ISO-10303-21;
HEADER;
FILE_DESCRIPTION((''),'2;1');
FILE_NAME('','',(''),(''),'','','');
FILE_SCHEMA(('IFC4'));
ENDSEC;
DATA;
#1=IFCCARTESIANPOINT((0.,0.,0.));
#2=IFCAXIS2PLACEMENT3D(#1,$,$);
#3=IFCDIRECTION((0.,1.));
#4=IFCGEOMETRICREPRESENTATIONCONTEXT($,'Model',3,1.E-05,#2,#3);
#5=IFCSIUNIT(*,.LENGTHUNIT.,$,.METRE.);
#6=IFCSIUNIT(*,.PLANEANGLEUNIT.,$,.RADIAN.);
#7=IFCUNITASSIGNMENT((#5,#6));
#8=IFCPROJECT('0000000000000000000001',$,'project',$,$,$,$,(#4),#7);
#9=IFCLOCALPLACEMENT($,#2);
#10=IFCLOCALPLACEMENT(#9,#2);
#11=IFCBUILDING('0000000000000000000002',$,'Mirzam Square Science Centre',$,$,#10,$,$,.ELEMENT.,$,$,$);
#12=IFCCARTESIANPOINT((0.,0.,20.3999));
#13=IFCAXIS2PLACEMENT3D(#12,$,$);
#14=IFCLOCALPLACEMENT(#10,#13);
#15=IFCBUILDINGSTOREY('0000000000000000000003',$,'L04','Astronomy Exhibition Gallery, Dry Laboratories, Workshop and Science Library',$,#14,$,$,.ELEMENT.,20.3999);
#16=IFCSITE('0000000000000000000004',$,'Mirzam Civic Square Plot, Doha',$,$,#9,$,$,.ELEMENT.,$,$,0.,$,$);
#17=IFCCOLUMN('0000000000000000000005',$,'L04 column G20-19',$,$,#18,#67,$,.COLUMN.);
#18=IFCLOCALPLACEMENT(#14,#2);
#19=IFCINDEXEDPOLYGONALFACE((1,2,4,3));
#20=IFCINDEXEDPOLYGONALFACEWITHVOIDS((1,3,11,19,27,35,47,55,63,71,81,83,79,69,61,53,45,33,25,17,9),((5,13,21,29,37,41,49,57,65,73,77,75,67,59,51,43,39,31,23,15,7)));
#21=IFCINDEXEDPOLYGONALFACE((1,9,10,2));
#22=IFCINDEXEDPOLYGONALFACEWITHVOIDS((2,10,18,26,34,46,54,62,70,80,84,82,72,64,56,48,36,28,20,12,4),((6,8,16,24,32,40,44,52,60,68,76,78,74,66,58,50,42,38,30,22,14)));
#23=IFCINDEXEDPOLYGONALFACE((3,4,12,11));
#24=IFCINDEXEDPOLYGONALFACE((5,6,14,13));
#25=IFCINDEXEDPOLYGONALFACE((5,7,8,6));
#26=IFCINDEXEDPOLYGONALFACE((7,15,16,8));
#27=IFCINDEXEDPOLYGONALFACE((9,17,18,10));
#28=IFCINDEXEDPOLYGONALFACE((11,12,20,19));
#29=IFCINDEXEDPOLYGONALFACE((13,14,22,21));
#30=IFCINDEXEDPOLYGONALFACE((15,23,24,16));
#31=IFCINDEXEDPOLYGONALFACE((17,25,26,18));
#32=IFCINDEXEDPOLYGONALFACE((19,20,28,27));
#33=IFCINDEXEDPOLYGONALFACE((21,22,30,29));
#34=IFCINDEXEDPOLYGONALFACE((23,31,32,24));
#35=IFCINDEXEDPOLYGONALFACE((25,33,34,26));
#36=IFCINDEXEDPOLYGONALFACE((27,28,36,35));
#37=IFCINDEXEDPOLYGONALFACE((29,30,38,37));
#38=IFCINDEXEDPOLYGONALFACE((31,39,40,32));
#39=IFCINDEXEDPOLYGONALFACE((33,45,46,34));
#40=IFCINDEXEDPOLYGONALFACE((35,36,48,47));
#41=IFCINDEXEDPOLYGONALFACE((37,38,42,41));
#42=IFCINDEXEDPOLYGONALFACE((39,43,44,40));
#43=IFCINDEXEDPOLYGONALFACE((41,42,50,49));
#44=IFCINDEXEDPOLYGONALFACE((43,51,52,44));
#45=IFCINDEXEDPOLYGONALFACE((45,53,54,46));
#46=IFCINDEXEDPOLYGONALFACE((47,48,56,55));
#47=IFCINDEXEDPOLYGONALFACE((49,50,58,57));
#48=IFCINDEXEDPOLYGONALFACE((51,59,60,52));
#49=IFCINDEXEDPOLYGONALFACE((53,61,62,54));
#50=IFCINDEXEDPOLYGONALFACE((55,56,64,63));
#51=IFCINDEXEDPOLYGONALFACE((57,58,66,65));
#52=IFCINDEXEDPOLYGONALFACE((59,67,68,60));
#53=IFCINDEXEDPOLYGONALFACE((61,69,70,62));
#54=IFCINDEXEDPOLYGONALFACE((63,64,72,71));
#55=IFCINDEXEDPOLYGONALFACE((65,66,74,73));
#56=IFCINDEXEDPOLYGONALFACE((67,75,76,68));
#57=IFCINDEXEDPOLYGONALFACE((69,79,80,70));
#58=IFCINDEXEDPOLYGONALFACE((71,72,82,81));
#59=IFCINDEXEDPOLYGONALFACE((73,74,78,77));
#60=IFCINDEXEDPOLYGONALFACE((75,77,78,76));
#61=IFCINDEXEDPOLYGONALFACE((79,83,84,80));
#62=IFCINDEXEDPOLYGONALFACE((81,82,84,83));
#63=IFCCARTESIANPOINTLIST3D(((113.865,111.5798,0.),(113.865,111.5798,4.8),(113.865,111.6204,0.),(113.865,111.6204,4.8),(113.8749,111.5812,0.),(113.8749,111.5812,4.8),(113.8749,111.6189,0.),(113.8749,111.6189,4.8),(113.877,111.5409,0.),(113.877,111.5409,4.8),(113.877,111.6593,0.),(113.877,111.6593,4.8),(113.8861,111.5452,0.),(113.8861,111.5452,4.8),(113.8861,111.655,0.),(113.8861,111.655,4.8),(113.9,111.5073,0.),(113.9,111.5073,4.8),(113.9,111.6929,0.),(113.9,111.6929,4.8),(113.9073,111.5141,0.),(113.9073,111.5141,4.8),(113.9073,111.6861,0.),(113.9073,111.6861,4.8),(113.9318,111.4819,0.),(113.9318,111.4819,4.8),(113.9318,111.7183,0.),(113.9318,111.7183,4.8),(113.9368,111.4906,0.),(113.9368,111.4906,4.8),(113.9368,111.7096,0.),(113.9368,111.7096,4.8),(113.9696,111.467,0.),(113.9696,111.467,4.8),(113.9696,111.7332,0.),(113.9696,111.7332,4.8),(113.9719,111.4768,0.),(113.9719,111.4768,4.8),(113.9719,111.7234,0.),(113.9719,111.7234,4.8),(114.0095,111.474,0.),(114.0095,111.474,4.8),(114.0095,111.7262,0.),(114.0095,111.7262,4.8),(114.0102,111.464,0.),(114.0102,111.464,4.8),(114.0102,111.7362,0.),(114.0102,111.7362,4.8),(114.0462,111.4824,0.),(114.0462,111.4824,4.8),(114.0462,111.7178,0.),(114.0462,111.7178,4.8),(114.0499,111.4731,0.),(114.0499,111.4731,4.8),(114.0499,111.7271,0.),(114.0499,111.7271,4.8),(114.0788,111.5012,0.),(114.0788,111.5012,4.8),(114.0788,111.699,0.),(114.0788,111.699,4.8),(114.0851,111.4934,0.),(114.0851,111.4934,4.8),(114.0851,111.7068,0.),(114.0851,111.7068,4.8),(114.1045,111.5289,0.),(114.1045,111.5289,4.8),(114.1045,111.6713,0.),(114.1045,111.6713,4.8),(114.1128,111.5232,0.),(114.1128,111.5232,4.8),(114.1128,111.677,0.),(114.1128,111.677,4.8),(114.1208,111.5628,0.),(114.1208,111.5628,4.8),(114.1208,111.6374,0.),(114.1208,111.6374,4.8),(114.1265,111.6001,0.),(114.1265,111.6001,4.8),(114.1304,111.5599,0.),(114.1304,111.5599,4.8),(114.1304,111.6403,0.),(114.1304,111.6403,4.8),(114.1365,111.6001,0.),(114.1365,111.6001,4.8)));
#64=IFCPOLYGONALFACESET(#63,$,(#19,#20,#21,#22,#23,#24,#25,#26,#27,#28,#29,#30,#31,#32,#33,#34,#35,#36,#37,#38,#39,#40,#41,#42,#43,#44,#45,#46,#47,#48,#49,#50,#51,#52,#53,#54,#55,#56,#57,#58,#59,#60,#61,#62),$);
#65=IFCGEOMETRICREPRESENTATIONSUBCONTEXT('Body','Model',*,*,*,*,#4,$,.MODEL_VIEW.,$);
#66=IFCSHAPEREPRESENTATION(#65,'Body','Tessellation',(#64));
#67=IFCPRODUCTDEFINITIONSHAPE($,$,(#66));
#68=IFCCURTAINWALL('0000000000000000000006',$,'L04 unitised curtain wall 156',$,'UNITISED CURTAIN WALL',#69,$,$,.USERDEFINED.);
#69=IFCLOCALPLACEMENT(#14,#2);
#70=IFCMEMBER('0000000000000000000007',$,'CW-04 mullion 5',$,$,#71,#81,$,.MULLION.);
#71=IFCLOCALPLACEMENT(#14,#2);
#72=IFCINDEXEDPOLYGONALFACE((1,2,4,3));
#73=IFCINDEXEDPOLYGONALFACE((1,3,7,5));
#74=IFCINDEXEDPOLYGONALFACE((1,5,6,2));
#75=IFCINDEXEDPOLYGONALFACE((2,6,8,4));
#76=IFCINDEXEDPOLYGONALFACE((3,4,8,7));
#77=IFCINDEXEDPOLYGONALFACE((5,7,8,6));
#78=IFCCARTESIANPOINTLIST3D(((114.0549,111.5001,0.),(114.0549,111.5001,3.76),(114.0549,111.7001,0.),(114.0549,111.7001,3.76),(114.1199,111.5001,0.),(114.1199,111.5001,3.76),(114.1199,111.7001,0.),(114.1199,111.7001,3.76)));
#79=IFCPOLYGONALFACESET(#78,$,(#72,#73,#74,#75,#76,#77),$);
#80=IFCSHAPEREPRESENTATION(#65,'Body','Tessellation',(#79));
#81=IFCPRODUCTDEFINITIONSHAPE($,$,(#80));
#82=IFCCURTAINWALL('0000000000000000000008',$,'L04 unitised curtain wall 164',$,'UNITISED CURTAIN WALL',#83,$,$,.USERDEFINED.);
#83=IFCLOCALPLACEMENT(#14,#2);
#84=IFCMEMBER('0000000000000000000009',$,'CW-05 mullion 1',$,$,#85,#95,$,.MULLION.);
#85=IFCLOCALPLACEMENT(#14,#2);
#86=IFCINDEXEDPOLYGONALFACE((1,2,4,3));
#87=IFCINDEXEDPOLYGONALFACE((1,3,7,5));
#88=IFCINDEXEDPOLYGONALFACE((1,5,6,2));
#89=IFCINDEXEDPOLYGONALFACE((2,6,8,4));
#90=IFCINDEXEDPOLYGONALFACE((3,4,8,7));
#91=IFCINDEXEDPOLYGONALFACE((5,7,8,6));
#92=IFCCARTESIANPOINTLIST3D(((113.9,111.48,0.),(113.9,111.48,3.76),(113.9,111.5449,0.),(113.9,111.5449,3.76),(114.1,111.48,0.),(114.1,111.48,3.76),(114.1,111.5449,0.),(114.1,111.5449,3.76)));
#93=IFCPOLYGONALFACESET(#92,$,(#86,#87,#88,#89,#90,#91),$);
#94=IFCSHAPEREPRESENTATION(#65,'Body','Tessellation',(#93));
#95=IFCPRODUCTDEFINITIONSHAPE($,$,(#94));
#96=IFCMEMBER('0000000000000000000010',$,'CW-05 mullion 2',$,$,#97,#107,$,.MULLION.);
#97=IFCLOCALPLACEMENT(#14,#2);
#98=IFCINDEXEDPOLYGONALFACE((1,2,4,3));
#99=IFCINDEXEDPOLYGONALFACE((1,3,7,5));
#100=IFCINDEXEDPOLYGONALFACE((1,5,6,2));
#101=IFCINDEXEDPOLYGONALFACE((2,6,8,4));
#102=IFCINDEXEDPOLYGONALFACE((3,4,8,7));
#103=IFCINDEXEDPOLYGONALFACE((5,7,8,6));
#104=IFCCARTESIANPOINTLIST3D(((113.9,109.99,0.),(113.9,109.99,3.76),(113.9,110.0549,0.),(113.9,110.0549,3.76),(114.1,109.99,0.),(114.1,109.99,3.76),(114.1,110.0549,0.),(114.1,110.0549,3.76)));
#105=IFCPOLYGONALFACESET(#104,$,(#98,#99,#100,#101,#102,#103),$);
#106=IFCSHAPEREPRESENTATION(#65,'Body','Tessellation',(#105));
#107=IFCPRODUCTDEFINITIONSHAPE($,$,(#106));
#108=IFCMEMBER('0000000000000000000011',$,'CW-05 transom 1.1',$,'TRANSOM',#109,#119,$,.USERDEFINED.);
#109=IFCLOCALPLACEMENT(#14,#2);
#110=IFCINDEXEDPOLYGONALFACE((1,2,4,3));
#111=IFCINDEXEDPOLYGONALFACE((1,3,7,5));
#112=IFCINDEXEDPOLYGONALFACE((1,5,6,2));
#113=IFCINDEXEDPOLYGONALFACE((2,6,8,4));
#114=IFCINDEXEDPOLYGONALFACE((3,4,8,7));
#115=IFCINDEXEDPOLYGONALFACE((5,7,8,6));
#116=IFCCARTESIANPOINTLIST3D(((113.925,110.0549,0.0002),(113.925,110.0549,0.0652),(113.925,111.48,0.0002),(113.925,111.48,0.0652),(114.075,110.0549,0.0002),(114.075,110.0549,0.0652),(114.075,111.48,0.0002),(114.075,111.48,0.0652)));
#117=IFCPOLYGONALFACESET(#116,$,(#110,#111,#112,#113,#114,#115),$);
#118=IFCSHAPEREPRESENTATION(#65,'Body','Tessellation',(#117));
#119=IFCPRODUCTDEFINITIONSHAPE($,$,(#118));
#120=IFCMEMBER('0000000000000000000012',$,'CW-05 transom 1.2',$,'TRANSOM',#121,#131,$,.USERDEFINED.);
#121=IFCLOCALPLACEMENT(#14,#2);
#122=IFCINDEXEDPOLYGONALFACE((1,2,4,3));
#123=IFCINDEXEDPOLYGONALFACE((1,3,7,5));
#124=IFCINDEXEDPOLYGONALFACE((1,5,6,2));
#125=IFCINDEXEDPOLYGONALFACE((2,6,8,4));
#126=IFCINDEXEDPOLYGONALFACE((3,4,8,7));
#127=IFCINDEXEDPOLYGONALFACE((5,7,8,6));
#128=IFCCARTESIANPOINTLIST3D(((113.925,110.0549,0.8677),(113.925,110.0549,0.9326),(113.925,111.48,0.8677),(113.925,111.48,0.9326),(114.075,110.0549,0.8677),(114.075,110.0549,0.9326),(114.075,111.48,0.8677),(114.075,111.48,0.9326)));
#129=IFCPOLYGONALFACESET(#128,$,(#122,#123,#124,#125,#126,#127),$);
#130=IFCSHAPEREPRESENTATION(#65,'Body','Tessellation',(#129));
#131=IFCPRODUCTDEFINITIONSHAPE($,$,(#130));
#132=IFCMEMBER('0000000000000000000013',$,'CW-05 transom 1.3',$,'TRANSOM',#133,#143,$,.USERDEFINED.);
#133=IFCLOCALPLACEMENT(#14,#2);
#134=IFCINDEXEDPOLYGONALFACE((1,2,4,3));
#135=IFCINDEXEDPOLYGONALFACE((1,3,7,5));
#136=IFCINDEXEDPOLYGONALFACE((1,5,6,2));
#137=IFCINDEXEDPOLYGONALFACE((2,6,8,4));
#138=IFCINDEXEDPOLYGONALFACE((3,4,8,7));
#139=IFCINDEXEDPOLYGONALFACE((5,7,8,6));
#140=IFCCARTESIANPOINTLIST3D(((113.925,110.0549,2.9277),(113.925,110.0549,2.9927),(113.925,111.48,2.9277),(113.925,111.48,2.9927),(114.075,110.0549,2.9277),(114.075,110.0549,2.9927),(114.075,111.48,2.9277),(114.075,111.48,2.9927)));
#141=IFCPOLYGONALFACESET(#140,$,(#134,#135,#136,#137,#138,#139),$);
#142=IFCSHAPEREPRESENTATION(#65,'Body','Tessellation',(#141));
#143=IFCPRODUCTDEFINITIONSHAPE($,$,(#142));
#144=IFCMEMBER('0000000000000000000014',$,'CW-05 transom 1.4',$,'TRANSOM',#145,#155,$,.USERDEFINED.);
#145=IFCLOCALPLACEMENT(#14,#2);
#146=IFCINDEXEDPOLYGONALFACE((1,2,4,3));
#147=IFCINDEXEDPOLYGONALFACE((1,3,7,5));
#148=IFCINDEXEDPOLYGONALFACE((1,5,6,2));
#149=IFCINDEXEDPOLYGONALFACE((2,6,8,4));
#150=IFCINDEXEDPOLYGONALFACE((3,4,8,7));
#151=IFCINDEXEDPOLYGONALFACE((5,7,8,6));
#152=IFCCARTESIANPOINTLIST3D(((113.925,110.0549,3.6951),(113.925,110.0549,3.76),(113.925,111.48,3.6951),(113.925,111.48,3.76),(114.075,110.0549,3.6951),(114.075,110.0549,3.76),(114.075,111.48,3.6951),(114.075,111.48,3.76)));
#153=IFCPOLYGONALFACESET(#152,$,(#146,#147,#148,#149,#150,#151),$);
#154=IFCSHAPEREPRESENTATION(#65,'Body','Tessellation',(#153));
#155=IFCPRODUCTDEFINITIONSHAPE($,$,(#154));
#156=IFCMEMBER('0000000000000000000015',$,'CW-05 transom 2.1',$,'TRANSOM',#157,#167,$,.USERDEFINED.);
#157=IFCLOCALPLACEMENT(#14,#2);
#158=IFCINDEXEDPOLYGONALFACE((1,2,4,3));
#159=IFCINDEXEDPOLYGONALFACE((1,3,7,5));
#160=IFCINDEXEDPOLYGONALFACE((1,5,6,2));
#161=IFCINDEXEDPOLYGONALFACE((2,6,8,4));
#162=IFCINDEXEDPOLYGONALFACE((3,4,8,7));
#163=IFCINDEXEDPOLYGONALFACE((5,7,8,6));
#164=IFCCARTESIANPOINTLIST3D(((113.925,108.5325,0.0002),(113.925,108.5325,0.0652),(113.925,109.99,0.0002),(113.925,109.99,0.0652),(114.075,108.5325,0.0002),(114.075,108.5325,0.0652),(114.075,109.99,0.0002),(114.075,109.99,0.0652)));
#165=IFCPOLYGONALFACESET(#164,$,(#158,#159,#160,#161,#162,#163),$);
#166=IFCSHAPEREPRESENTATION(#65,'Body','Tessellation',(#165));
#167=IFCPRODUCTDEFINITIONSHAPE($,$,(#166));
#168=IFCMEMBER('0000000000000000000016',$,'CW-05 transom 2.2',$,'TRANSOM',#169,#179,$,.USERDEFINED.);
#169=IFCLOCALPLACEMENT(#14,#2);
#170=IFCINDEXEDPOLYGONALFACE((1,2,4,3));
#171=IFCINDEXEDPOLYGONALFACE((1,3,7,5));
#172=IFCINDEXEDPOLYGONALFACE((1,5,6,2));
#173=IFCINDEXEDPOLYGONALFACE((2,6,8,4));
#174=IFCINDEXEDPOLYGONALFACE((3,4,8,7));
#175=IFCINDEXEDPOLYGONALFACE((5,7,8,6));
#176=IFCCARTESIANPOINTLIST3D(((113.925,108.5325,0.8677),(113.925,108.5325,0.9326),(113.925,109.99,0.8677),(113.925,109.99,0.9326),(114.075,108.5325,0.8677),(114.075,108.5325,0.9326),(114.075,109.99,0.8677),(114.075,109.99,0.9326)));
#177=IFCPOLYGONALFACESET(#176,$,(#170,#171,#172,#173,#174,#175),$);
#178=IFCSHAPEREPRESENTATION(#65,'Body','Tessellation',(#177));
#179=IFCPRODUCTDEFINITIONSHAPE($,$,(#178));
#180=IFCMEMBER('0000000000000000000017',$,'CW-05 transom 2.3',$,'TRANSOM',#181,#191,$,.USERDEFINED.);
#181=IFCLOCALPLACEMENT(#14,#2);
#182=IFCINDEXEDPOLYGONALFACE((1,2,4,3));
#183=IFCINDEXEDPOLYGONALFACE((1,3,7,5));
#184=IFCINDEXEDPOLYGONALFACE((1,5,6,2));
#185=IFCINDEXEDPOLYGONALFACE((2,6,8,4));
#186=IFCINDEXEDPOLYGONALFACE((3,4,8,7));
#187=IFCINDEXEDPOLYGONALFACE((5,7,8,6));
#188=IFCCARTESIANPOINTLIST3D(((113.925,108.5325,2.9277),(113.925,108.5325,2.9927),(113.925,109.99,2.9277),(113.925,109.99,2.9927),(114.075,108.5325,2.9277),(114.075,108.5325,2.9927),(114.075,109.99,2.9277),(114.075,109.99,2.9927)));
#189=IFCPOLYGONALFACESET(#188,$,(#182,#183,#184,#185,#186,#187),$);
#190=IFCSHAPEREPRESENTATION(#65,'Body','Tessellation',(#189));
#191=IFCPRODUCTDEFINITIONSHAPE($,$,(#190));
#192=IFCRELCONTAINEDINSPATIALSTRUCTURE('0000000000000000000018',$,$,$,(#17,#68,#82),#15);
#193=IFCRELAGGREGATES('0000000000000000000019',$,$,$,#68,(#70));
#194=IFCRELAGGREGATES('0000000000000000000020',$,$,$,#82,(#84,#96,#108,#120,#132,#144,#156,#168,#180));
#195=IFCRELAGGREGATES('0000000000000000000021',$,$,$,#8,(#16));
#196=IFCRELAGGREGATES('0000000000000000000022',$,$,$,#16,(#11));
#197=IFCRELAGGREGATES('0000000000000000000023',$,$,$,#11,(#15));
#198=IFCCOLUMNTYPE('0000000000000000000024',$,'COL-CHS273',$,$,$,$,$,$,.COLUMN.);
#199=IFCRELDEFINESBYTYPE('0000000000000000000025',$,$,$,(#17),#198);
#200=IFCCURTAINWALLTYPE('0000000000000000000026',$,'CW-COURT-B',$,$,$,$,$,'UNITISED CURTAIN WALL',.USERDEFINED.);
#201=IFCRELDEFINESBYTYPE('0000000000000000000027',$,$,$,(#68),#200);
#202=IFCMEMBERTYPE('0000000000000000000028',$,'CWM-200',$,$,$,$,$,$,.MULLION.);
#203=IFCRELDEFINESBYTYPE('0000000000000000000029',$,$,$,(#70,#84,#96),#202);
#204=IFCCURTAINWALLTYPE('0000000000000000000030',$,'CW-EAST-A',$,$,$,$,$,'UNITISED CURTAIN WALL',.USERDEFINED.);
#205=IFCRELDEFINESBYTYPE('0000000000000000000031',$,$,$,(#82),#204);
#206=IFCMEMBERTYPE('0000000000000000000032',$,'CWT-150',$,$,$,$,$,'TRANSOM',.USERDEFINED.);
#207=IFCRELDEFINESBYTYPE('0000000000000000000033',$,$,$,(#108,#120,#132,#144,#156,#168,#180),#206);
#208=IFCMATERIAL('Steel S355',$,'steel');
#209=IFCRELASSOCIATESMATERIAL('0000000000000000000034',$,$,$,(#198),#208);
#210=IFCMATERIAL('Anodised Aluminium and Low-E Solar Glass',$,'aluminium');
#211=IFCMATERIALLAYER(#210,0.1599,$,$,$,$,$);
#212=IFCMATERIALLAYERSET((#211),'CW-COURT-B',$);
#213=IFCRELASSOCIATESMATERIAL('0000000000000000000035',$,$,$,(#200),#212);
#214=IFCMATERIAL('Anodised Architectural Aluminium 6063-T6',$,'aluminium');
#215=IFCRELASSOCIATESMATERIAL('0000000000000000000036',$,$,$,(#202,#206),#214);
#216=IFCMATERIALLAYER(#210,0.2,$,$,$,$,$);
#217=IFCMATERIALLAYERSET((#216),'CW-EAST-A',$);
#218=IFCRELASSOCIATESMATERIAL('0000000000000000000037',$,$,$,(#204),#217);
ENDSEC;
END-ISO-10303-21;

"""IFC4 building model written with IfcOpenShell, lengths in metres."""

from ifc_helpers import new_model, si_unit, direction, frame, origin, origin_2d, place, context, subcontext, project, spatial, rectangle, hollow_circle, extrude, material, layer, layer_set, material_profile, profile_set, type_object, element, aggregate, save


model = new_model("IFC4")

# Units and contexts
model_context = context("Model", 3, precision=1e-05, world=origin(), true_north=direction((0.0, 1.0)))
body_context = subcontext(model_context, "Body", "Model", "MODEL_VIEW")
ifc_project = project(units=[si_unit("LENGTHUNIT", "METRE"), si_unit("PLANEANGLEUNIT", "RADIAN")], contexts=[model_context])

# Site, building, storey
site_placement = place(None, origin())
site = spatial("IfcSite", under=ifc_project, at=site_placement, Name="Mirzam Civic Square Plot, Doha", CompositionType="ELEMENT", RefElevation=0.0)
building_placement = place(site_placement, origin())
building = spatial("IfcBuilding", under=site, at=building_placement, Name="Mirzam Square Science Centre", CompositionType="ELEMENT")
storey_placement = place(building_placement, frame((0.0, 0.0, 20.3999)))
storey = spatial("IfcBuildingStorey", under=building, at=storey_placement, Name="L04", Description="Astronomy Exhibition Gallery, Dry Laboratories, Workshop and Science Library", CompositionType="ELEMENT", Elevation=20.3999)

# Column
ifc_material_1 = material(Name="Steel S355", Category="steel")
ifc_material_profile_1 = material_profile(ifc_material_1, hollow_circle(Radius=0.1365, WallThickness=0.01, at=origin_2d()), Name="273.0x10.0CHS")
ifc_profile_set_1 = profile_set([ifc_material_profile_1], Name="Steel S355")
column_type = type_object("IfcColumnType", Name="COL-CHS273", PredefinedType="COLUMN", material=ifc_profile_set_1)
column_placement = place(storey_placement, frame((114.0, 111.6001, 0.0), z_axis=(0.0, 0.0, 1.0), x_axis=(1.0, 0.0, 0.0)))
element("IfcColumn", 1, at=column_placement, inside=storey, type_object=column_type, Name="L04 column G20-19", PredefinedType="COLUMN", context=body_context, shape_type="SweptSolid", body=[
    extrude(hollow_circle(Radius=0.1365, WallThickness=0.01, at=origin_2d()), origin(), (0.0, 0.0, 1.0), 4.8),
])

# Curtain wall, member
ifc_material_2 = material(Name="Anodised Aluminium and Low-E Solar Glass", Category="aluminium")
ifc_layer_1 = layer(ifc_material_2, 0.1599)
ifc_layer_set_1 = layer_set([ifc_layer_1], Name="CW-COURT-B")
curtain_wall_type_1 = type_object("IfcCurtainWallType", Name="CW-COURT-B", ElementType="UNITISED CURTAIN WALL", PredefinedType="USERDEFINED", material=ifc_layer_set_1)
curtain_wall_1_placement = place(storey_placement, origin())
curtain_wall_1 = element("IfcCurtainWall", 2, at=curtain_wall_1_placement, inside=storey, type_object=curtain_wall_type_1, Name="L04 unitised curtain wall 156", ObjectType="UNITISED CURTAIN WALL", PredefinedType="USERDEFINED")
ifc_material_3 = material(Name="Anodised Architectural Aluminium 6063-T6", Category="aluminium")
ifc_material_profile_2 = material_profile(ifc_material_3, rectangle(XDim=0.0649, YDim=0.2, at=origin_2d()), Name="ALU-MULL-200x65x5")
ifc_profile_set_2 = profile_set([ifc_material_profile_2], Name="Anodised Architectural Aluminium 6063-T6")
member_type_1 = type_object("IfcMemberType", Name="CWM-200", PredefinedType="MULLION", material=ifc_profile_set_2)
member_1_placement = place(storey_placement, frame((114.0874, 111.6001, 0.0), z_axis=(0.0, 0.0, 1.0), x_axis=(-1.0, 0.0, 0.0)))
member_1 = element("IfcMember", 3, at=member_1_placement, type_object=member_type_1, Name="CW-04 mullion 5", PredefinedType="MULLION", context=body_context, shape_type="SweptSolid", body=[
    extrude(rectangle(XDim=0.0649, YDim=0.2, at=origin_2d()), origin(), (0.0, 0.0, 1.0), 3.76),
])

# Curtain wall, members
ifc_layer_2 = layer(ifc_material_2, 0.2)
ifc_layer_set_2 = layer_set([ifc_layer_2], Name="CW-EAST-A")
curtain_wall_type_2 = type_object("IfcCurtainWallType", Name="CW-EAST-A", ElementType="UNITISED CURTAIN WALL", PredefinedType="USERDEFINED", material=ifc_layer_set_2)
curtain_wall_2_placement = place(storey_placement, origin())
curtain_wall_2 = element("IfcCurtainWall", 4, at=curtain_wall_2_placement, inside=storey, type_object=curtain_wall_type_2, Name="L04 unitised curtain wall 164", ObjectType="UNITISED CURTAIN WALL", PredefinedType="USERDEFINED")
member_2_placement = place(storey_placement, frame((114.0, 111.5125, 0.0), z_axis=(0.0, 0.0, 1.0), x_axis=(0.0, -1.0, 0.0)))
member_2 = element("IfcMember", 5, at=member_2_placement, type_object=member_type_1, Name="CW-05 mullion 1", PredefinedType="MULLION", context=body_context, shape_type="SweptSolid", body=[
    extrude(rectangle(XDim=0.0649, YDim=0.2, at=origin_2d()), origin(), (0.0, 0.0, 1.0), 3.76),
])
member_3_placement = place(storey_placement, frame((114.0, 110.0225, 0.0), z_axis=(0.0, 0.0, 1.0), x_axis=(0.0, -1.0, 0.0)))
member_3 = element("IfcMember", 6, at=member_3_placement, type_object=member_type_1, Name="CW-05 mullion 2", PredefinedType="MULLION", context=body_context, shape_type="SweptSolid", body=[
    extrude(rectangle(XDim=0.0649, YDim=0.2, at=origin_2d()), origin(), (0.0, 0.0, 1.0), 3.76),
])
ifc_material_profile_3 = material_profile(ifc_material_3, rectangle(XDim=0.1499, YDim=0.0649, at=origin_2d()), Name="ALU-TRAN-150x65x4")
ifc_profile_set_3 = profile_set([ifc_material_profile_3], Name="Anodised Architectural Aluminium 6063-T6")
member_type_2 = type_object("IfcMemberType", Name="CWT-150", ElementType="TRANSOM", PredefinedType="USERDEFINED", material=ifc_profile_set_3)
member_4_placement = place(storey_placement, frame((114.0, 111.48, 0.0327), z_axis=(0.0, -1.0, 0.0), x_axis=(1.0, 0.0, 0.0)))
member_4 = element("IfcMember", 7, at=member_4_placement, type_object=member_type_2, Name="CW-05 transom 1.1", ObjectType="TRANSOM", PredefinedType="USERDEFINED", context=body_context, shape_type="SweptSolid", body=[
    extrude(rectangle(XDim=0.1499, YDim=0.0649, at=origin_2d()), origin(), (0.0, 0.0, 1.0), 1.425),
])
member_5_placement = place(storey_placement, frame((114.0, 111.48, 0.9001), z_axis=(0.0, -1.0, 0.0), x_axis=(1.0, 0.0, 0.0)))
member_5 = element("IfcMember", 8, at=member_5_placement, type_object=member_type_2, Name="CW-05 transom 1.2", ObjectType="TRANSOM", PredefinedType="USERDEFINED", context=body_context, shape_type="SweptSolid", body=[
    extrude(rectangle(XDim=0.1499, YDim=0.0649, at=origin_2d()), origin(), (0.0, 0.0, 1.0), 1.425),
])
member_6_placement = place(storey_placement, frame((114.0, 111.48, 2.9602), z_axis=(0.0, -1.0, 0.0), x_axis=(1.0, 0.0, 0.0)))
member_6 = element("IfcMember", 9, at=member_6_placement, type_object=member_type_2, Name="CW-05 transom 1.3", ObjectType="TRANSOM", PredefinedType="USERDEFINED", context=body_context, shape_type="SweptSolid", body=[
    extrude(rectangle(XDim=0.1499, YDim=0.0649, at=origin_2d()), origin(), (0.0, 0.0, 1.0), 1.425),
])
member_7_placement = place(storey_placement, frame((114.0, 111.48, 3.7275), z_axis=(0.0, -1.0, 0.0), x_axis=(1.0, 0.0, 0.0)))
member_7 = element("IfcMember", 10, at=member_7_placement, type_object=member_type_2, Name="CW-05 transom 1.4", ObjectType="TRANSOM", PredefinedType="USERDEFINED", context=body_context, shape_type="SweptSolid", body=[
    extrude(rectangle(XDim=0.1499, YDim=0.0649, at=origin_2d()), origin(), (0.0, 0.0, 1.0), 1.425),
])
member_8_placement = place(storey_placement, frame((114.0, 109.99, 0.0327), z_axis=(0.0, -1.0, 0.0), x_axis=(1.0, 0.0, 0.0)))
member_8 = element("IfcMember", 11, at=member_8_placement, type_object=member_type_2, Name="CW-05 transom 2.1", ObjectType="TRANSOM", PredefinedType="USERDEFINED", context=body_context, shape_type="SweptSolid", body=[
    extrude(rectangle(XDim=0.1499, YDim=0.0649, at=origin_2d()), origin(), (0.0, 0.0, 1.0), 1.4575),
])
member_9_placement = place(storey_placement, frame((114.0, 109.99, 0.9001), z_axis=(0.0, -1.0, 0.0), x_axis=(1.0, 0.0, 0.0)))
member_9 = element("IfcMember", 12, at=member_9_placement, type_object=member_type_2, Name="CW-05 transom 2.2", ObjectType="TRANSOM", PredefinedType="USERDEFINED", context=body_context, shape_type="SweptSolid", body=[
    extrude(rectangle(XDim=0.1499, YDim=0.0649, at=origin_2d()), origin(), (0.0, 0.0, 1.0), 1.4575),
])
member_10_placement = place(storey_placement, frame((114.0, 109.99, 2.9602), z_axis=(0.0, -1.0, 0.0), x_axis=(1.0, 0.0, 0.0)))
member_10 = element("IfcMember", 13, at=member_10_placement, type_object=member_type_2, Name="CW-05 transom 2.3", ObjectType="TRANSOM", PredefinedType="USERDEFINED", context=body_context, shape_type="SweptSolid", body=[
    extrude(rectangle(XDim=0.1499, YDim=0.0649, at=origin_2d()), origin(), (0.0, 0.0, 1.0), 1.4575),
])

aggregate(curtain_wall_1, [member_1])
aggregate(curtain_wall_2, [member_2, member_3, member_4, member_5, member_6, member_7, member_8, member_9, member_10])

save(model, "model.ifc")
